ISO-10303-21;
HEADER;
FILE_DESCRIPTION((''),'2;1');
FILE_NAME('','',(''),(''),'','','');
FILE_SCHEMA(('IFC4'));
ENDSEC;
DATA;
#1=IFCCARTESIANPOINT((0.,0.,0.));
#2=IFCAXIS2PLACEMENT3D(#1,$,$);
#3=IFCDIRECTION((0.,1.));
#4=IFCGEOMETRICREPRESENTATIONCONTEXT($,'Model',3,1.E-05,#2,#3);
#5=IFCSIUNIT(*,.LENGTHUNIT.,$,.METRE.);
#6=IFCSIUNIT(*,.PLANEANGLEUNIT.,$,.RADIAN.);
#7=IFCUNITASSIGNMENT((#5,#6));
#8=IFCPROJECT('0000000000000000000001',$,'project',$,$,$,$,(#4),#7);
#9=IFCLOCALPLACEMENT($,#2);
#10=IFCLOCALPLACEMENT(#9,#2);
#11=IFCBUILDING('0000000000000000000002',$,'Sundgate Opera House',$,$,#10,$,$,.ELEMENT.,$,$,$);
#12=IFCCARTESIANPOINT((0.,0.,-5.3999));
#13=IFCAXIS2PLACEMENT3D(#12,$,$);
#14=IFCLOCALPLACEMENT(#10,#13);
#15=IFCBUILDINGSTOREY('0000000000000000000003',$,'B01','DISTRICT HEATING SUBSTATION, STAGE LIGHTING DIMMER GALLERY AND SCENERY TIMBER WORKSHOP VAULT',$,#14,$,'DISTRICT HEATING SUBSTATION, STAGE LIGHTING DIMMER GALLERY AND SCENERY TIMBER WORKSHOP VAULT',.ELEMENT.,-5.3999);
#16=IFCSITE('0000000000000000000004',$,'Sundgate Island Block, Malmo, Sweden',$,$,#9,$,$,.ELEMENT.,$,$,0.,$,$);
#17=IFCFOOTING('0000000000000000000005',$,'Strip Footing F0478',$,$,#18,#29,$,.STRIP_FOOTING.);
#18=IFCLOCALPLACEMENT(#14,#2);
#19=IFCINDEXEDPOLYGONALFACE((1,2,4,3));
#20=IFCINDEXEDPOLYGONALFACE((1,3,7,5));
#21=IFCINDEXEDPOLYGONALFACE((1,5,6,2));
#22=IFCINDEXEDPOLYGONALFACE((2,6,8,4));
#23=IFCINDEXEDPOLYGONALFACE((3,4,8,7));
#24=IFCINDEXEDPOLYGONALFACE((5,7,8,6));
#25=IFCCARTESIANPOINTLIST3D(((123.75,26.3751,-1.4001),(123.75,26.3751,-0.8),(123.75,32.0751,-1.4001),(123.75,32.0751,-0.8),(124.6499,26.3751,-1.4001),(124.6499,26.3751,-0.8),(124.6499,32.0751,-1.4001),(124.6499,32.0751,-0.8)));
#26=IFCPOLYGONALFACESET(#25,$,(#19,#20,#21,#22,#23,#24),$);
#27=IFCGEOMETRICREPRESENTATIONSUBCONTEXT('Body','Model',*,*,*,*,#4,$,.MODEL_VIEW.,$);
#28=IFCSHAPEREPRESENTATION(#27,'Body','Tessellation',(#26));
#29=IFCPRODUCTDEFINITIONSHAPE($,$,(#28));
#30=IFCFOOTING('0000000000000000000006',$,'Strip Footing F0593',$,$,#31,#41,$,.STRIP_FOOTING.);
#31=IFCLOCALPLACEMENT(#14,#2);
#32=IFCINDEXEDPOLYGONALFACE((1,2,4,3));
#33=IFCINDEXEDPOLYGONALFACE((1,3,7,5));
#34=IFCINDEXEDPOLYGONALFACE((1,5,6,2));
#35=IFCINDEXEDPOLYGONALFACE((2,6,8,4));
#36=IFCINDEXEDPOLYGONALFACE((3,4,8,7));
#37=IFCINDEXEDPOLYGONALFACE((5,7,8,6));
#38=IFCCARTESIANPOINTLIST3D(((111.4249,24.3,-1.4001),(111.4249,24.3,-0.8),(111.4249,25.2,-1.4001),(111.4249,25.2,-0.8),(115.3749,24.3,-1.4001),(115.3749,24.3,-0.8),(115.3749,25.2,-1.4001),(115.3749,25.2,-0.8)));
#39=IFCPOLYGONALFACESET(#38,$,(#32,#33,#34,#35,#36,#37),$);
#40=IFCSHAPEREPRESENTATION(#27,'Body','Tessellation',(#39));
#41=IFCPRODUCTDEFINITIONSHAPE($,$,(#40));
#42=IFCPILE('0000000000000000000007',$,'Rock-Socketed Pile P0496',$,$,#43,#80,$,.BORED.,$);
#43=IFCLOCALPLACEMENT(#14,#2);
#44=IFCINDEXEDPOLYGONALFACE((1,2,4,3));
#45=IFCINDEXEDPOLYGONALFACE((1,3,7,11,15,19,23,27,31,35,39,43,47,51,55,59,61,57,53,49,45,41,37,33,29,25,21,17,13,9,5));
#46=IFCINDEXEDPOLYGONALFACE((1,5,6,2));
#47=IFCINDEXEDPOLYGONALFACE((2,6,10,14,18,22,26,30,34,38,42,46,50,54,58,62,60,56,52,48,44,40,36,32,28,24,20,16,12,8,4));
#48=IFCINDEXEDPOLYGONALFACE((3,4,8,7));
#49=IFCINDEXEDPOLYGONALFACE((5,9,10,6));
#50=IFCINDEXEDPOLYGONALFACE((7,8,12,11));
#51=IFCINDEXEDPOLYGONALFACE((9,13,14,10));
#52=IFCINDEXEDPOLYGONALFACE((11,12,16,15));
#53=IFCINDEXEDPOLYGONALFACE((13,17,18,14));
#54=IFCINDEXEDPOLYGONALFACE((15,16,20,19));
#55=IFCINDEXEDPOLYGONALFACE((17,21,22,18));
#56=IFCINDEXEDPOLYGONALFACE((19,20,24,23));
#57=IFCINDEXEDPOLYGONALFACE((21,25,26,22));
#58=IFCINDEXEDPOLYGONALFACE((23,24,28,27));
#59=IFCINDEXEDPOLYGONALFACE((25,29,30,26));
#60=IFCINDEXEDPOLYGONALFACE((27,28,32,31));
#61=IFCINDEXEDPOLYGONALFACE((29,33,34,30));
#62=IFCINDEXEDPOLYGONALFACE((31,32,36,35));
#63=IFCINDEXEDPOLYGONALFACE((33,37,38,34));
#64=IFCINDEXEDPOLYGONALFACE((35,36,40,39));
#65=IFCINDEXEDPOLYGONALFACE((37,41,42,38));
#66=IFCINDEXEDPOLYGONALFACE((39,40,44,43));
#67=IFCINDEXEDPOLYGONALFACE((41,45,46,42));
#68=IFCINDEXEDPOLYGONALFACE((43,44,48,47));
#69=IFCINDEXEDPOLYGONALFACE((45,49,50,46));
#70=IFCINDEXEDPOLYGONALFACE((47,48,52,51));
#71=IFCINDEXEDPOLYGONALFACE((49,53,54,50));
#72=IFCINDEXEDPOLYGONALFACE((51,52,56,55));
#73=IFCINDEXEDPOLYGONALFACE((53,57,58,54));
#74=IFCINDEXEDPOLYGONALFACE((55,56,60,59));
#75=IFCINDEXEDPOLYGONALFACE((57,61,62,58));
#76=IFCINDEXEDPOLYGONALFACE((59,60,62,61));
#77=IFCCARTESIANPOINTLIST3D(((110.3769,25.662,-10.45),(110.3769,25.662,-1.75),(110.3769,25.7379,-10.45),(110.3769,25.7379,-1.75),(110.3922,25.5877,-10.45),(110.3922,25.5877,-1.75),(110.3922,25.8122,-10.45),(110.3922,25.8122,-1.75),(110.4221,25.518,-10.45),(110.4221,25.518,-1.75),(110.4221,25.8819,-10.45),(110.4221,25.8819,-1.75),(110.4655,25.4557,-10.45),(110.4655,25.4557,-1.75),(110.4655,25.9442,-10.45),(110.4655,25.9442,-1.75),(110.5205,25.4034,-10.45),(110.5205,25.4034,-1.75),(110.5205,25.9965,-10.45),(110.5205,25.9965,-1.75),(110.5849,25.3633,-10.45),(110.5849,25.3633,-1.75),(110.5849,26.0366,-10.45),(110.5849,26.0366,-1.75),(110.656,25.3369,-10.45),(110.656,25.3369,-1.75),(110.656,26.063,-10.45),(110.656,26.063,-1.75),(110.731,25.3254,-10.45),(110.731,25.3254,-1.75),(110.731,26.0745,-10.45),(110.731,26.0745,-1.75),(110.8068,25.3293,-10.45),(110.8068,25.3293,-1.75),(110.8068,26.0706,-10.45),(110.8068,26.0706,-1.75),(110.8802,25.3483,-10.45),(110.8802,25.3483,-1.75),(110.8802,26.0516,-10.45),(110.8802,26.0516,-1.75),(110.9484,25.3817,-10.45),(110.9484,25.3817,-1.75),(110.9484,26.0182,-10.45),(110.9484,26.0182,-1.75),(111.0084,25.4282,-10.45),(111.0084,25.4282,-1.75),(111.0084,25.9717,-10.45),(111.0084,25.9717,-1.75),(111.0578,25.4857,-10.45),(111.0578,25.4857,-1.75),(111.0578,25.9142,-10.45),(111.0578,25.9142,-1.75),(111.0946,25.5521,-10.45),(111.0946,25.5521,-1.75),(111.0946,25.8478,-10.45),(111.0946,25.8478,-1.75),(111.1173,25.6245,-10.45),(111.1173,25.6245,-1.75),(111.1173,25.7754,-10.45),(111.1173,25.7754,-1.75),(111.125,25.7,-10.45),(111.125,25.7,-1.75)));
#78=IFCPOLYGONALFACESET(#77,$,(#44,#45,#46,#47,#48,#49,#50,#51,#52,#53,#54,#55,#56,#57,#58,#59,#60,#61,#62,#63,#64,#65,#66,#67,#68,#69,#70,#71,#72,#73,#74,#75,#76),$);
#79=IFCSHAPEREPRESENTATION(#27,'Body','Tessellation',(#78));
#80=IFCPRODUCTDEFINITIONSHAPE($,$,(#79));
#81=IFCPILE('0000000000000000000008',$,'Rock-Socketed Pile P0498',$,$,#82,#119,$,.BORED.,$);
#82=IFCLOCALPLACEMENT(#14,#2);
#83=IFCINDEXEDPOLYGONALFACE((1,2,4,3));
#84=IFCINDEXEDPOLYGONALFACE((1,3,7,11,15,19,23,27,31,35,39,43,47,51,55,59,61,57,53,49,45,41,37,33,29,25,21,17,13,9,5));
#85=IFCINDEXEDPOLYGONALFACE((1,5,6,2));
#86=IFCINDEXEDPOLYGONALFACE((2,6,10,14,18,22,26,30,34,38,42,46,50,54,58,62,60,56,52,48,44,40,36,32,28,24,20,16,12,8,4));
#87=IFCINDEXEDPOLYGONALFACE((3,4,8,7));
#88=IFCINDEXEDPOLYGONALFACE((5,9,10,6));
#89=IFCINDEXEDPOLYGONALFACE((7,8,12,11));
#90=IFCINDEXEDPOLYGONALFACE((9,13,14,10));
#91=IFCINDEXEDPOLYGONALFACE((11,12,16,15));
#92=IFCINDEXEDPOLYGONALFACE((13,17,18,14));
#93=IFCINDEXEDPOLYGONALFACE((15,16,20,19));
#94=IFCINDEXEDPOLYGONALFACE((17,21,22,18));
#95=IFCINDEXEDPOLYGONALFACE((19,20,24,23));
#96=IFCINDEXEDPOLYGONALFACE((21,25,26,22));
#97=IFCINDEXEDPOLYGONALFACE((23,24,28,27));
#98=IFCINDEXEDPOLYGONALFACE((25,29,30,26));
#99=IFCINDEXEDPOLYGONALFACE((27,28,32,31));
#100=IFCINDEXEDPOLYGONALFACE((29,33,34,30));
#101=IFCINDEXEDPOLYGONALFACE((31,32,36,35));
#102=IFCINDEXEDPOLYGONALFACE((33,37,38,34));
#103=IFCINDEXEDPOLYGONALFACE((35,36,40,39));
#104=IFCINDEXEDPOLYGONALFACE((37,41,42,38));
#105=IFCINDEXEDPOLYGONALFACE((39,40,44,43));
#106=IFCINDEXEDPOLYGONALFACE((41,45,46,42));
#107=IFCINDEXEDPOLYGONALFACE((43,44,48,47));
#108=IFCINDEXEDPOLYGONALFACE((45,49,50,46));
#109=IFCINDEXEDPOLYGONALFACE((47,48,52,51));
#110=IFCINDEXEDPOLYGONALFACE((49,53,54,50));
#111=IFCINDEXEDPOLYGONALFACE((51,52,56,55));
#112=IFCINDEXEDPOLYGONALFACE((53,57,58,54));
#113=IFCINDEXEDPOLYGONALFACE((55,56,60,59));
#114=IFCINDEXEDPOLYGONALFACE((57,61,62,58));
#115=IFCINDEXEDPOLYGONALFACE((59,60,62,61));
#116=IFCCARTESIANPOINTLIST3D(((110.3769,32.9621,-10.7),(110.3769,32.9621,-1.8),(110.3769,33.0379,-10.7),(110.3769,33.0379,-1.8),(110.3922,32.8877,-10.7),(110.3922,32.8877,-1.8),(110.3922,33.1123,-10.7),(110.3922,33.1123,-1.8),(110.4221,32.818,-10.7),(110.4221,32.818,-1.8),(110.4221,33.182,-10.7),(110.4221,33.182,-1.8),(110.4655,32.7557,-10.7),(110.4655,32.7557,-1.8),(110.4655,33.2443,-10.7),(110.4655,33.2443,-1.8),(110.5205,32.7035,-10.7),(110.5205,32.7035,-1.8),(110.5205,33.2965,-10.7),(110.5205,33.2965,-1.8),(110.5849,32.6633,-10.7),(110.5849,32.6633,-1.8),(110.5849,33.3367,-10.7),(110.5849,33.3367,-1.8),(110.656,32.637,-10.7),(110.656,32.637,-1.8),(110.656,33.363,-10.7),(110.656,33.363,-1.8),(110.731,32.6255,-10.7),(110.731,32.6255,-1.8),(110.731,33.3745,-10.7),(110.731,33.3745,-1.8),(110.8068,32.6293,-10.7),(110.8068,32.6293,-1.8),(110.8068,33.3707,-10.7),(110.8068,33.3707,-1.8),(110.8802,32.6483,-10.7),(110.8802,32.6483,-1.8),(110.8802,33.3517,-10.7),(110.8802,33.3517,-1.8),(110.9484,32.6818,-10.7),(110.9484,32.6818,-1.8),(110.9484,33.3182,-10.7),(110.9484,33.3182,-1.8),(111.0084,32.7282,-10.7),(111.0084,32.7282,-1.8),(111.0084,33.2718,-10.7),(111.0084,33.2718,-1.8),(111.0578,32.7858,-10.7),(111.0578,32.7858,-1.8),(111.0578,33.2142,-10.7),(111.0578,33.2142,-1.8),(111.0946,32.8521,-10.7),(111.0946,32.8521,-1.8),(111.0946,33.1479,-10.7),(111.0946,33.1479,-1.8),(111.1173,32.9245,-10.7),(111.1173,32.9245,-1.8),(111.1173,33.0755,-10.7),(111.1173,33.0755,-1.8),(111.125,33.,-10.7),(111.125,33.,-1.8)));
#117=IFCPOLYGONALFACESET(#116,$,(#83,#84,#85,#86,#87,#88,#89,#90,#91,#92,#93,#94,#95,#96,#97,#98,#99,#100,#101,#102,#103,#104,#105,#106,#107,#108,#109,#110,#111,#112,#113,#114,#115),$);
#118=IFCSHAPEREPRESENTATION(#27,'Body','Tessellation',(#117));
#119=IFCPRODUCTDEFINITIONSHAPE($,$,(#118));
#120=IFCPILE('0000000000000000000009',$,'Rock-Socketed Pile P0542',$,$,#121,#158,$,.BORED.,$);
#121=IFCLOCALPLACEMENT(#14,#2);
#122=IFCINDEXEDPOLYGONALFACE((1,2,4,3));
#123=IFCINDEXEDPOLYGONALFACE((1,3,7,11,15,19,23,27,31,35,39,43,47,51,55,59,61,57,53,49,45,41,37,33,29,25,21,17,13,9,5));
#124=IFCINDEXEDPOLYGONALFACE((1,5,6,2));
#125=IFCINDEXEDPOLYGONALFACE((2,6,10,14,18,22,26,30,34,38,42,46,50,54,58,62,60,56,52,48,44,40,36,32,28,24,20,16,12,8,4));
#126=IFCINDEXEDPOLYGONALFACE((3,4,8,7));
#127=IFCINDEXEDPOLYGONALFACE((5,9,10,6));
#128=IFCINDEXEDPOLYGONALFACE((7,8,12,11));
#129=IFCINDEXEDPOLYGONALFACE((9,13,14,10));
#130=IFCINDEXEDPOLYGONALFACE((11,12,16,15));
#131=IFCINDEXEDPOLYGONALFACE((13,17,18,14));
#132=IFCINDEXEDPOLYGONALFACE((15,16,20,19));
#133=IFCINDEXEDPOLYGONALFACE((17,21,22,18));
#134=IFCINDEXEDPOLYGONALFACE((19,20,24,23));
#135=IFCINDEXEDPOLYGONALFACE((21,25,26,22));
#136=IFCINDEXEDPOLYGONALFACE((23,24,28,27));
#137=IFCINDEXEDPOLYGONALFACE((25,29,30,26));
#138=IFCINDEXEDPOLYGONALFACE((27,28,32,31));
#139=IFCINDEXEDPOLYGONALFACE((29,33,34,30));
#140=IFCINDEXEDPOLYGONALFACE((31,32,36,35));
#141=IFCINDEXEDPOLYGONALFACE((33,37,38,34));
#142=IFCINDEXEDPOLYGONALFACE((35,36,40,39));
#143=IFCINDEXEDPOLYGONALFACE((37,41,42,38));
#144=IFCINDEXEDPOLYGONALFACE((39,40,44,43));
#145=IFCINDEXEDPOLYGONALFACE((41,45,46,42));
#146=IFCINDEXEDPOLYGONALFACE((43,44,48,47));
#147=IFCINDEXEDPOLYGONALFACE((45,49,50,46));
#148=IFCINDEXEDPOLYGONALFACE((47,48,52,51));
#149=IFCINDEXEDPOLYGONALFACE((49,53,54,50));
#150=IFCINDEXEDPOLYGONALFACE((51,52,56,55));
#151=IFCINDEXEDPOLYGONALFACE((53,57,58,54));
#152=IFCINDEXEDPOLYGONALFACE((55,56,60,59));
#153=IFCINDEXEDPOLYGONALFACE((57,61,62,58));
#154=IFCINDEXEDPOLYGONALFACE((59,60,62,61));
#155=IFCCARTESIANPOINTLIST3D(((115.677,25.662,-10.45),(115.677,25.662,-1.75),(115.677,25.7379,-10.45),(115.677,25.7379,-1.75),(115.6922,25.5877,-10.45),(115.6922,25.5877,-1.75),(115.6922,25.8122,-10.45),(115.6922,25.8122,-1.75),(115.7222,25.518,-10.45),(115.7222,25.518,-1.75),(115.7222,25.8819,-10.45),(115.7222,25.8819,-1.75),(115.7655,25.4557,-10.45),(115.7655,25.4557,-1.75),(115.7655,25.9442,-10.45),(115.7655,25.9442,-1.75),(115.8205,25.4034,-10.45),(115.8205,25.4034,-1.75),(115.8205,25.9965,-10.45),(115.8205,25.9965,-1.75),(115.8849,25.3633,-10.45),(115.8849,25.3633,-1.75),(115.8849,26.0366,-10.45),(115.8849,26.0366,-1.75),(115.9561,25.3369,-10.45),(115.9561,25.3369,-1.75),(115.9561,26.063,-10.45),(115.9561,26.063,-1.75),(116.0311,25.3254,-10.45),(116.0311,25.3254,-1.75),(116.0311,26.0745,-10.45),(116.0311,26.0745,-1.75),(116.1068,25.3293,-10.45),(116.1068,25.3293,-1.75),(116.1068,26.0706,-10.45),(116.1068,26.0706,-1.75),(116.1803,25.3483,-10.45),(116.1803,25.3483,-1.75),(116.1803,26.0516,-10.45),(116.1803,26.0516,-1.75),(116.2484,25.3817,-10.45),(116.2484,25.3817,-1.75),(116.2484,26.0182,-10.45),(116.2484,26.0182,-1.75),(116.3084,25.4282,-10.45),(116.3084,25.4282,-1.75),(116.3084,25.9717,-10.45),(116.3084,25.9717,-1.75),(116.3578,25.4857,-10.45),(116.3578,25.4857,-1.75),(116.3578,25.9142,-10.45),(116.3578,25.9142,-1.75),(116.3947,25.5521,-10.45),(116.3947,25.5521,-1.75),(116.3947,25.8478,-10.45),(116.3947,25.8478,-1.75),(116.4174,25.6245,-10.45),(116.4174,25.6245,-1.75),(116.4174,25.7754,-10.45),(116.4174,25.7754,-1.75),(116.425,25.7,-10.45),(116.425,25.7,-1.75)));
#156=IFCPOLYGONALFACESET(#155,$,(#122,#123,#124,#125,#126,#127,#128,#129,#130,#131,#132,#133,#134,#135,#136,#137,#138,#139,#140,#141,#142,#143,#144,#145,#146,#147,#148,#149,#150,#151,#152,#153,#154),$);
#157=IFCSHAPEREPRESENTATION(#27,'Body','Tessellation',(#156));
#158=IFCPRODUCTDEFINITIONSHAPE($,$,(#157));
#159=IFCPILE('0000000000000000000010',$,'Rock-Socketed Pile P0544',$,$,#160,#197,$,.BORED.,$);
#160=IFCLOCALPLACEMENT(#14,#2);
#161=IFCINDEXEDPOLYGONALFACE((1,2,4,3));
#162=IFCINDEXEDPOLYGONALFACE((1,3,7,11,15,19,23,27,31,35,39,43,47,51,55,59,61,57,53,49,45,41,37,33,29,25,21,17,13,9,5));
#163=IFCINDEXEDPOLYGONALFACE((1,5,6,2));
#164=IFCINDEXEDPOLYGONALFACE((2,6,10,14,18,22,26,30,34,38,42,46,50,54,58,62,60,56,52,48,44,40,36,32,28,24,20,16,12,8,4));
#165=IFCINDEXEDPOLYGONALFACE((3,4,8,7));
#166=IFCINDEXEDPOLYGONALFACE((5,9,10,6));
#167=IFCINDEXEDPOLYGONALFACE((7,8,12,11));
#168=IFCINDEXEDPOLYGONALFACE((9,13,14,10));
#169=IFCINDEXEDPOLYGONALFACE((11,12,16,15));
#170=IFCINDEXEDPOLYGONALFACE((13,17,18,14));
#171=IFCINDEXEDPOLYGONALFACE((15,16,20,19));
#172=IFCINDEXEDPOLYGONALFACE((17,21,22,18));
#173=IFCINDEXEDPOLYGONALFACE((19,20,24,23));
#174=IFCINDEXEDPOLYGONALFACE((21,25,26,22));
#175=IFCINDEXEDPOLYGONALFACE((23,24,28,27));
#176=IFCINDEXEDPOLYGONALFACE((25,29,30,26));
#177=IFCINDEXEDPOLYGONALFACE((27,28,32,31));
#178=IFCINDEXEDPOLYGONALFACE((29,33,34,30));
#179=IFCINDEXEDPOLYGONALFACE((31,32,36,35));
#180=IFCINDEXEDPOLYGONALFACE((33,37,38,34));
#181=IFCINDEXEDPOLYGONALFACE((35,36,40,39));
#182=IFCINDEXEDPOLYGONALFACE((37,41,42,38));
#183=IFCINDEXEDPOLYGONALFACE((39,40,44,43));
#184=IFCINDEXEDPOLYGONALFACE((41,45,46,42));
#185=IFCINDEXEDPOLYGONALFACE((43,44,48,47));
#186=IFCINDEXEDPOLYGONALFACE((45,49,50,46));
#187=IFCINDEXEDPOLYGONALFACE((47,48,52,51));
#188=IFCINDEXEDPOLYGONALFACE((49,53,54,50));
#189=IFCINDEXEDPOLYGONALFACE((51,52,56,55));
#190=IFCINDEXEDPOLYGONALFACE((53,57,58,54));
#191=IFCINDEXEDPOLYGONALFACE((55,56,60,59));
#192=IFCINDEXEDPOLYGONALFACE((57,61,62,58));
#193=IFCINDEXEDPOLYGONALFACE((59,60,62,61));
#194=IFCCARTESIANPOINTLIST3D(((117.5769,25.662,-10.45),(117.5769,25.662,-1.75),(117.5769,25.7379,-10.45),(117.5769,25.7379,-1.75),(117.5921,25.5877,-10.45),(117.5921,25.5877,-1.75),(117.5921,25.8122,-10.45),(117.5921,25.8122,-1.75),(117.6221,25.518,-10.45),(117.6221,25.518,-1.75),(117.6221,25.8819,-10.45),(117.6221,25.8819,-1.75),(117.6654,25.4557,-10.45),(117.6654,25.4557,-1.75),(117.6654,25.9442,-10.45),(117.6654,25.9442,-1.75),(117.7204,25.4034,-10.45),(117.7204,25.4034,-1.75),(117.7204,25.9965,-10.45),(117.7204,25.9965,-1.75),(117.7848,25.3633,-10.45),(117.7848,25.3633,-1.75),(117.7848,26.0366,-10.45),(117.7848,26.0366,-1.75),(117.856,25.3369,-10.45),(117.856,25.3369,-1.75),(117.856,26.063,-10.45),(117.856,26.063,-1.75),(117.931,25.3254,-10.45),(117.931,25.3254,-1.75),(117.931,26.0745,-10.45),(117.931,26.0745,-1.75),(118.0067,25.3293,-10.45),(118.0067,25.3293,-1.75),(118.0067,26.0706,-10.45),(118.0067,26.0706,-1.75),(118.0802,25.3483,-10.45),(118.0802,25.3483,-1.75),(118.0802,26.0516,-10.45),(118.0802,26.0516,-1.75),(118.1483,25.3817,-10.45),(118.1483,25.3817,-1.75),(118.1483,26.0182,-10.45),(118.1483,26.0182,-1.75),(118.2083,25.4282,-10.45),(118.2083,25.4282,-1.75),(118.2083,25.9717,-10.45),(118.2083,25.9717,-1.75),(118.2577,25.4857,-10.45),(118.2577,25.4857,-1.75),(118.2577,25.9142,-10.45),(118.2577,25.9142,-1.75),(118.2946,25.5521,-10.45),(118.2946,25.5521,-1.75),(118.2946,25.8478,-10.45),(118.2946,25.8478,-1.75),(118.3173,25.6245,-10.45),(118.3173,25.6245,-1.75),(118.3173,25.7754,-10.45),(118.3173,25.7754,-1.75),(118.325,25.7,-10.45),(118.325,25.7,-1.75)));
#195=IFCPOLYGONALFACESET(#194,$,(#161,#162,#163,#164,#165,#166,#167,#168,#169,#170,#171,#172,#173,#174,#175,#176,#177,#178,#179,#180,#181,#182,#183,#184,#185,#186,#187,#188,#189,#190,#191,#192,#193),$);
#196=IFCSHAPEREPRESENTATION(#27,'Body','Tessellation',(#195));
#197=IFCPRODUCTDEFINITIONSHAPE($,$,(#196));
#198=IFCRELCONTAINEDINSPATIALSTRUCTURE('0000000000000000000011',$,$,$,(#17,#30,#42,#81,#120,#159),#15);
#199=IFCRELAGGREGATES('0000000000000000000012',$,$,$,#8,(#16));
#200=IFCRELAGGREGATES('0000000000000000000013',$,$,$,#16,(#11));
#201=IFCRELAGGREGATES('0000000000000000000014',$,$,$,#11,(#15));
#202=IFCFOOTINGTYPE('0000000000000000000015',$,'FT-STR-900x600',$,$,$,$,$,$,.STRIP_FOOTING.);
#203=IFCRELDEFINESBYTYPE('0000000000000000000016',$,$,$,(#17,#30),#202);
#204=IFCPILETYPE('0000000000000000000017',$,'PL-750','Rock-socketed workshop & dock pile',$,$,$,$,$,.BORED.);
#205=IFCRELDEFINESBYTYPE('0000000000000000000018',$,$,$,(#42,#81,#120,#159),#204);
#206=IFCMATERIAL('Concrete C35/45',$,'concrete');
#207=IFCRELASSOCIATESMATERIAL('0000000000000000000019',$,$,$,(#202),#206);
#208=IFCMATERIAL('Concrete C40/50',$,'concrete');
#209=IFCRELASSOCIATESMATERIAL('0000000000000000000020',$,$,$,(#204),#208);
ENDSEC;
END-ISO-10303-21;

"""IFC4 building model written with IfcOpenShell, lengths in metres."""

from ifc_helpers import new_model, si_unit, direction, frame, origin, origin_2d, place, context, subcontext, project, spatial, rectangle, circle, extrude, material, material_profile, profile_set, type_object, element, save


model = new_model("IFC4")

# Units and contexts
model_context = context("Model", 3, precision=1e-05, world=origin(), true_north=direction((0.0, 1.0)))
body_context = subcontext(model_context, "Body", "Model", "MODEL_VIEW")
ifc_project = project(units=[si_unit("LENGTHUNIT", "METRE"), si_unit("PLANEANGLEUNIT", "RADIAN")], contexts=[model_context])

# Site, building, storey
site_placement = place(None, origin())
site = spatial("IfcSite", under=ifc_project, at=site_placement, Name="Sundgate Island Block, Malmo, Sweden", CompositionType="ELEMENT", RefElevation=0.0)
building_placement = place(site_placement, origin())
building = spatial("IfcBuilding", under=site, at=building_placement, Name="Sundgate Opera House", CompositionType="ELEMENT")
storey_placement = place(building_placement, frame((0.0, 0.0, -5.3999)))
storey = spatial("IfcBuildingStorey", under=building, at=storey_placement, Name="B01", Description="DISTRICT HEATING SUBSTATION, STAGE LIGHTING DIMMER GALLERY AND SCENERY TIMBER WORKSHOP VAULT", LongName="DISTRICT HEATING SUBSTATION, STAGE LIGHTING DIMMER GALLERY AND SCENERY TIMBER WORKSHOP VAULT", CompositionType="ELEMENT", Elevation=-5.3999)

# Footings
ifc_material_1 = material(Name="Concrete C35/45", Category="concrete")
footing_type_1 = type_object("IfcFootingType", Name="FT-STR-900x600", PredefinedType="STRIP_FOOTING", material=ifc_material_1)
footing_1_placement = place(storey_placement, frame((124.2, 29.2251, -1.4001), z_axis=(0.0, 0.0, 1.0), x_axis=(1.0, 0.0, 0.0)))
element("IfcFooting", 1, at=footing_1_placement, inside=storey, type_object=footing_type_1, Name="Strip Footing F0478", PredefinedType="STRIP_FOOTING", context=body_context, shape_type="SweptSolid", body=[
    extrude(rectangle(XDim=0.8999, YDim=5.7, at=origin_2d()), origin(), (0.0, 0.0, 1.0), 0.6001),
])
footing_2_placement = place(storey_placement, frame((113.3999, 24.75, -1.4001), z_axis=(0.0, 0.0, 1.0), x_axis=(1.0, 0.0, 0.0)))
element("IfcFooting", 2, at=footing_2_placement, inside=storey, type_object=footing_type_1, Name="Strip Footing F0593", PredefinedType="STRIP_FOOTING", context=body_context, shape_type="SweptSolid", body=[
    extrude(rectangle(XDim=3.95, YDim=0.8999, at=origin_2d()), origin(), (0.0, 0.0, 1.0), 0.6001),
])

# Piles
ifc_material_2 = material(Name="Concrete C40/50", Category="concrete")
ifc_material_profile_1 = material_profile(ifc_material_2, circle(Radius=0.375, at=origin_2d()), Name="PILE D750")
ifc_profile_set_1 = profile_set([ifc_material_profile_1], Name="Concrete C40/50")
pile_type = type_object("IfcPileType", Name="PL-750", Description="Rock-socketed workshop & dock pile", PredefinedType="BORED", material=ifc_profile_set_1)
pile_1_placement = place(storey_placement, frame((110.75, 25.7, -1.75), z_axis=(0.0, 0.0, -1.0), x_axis=(1.0, 0.0, 0.0)))
element("IfcPile", 3, at=pile_1_placement, inside=storey, type_object=pile_type, Name="Rock-Socketed Pile P0496", PredefinedType="BORED", context=body_context, shape_type="SweptSolid", body=[
    extrude(circle(Radius=0.375, at=origin_2d()), origin(), (0.0, 0.0, 1.0), 8.7),
])
pile_2_placement = place(storey_placement, frame((110.75, 33.0, -1.8), z_axis=(0.0, 0.0, -1.0), x_axis=(1.0, 0.0, 0.0)))
element("IfcPile", 4, at=pile_2_placement, inside=storey, type_object=pile_type, Name="Rock-Socketed Pile P0498", PredefinedType="BORED", context=body_context, shape_type="SweptSolid", body=[
    extrude(circle(Radius=0.375, at=origin_2d()), origin(), (0.0, 0.0, 1.0), 8.8999),
])
for number, where, z_axis, x_axis, name in (
    (5, (116.05, 25.7, -1.75), (0.0, 0.0, -1.0), (1.0, 0.0, 0.0), "Rock-Socketed Pile P0542"),
    (6, (117.95, 25.7, -1.75), (0.0, 0.0, -1.0), (1.0, 0.0, 0.0), "Rock-Socketed Pile P0544"),
):
    element("IfcPile", number, at=place(storey_placement, frame(where, z_axis=z_axis, x_axis=x_axis)), inside=storey, type_object=pile_type, Name=name, PredefinedType="BORED", context=body_context, shape_type="SweptSolid", body=[
        extrude(circle(Radius=0.375, at=origin_2d()), origin(), (0.0, 0.0, 1.0), 8.7),
    ])

save(model, "model.ifc")
